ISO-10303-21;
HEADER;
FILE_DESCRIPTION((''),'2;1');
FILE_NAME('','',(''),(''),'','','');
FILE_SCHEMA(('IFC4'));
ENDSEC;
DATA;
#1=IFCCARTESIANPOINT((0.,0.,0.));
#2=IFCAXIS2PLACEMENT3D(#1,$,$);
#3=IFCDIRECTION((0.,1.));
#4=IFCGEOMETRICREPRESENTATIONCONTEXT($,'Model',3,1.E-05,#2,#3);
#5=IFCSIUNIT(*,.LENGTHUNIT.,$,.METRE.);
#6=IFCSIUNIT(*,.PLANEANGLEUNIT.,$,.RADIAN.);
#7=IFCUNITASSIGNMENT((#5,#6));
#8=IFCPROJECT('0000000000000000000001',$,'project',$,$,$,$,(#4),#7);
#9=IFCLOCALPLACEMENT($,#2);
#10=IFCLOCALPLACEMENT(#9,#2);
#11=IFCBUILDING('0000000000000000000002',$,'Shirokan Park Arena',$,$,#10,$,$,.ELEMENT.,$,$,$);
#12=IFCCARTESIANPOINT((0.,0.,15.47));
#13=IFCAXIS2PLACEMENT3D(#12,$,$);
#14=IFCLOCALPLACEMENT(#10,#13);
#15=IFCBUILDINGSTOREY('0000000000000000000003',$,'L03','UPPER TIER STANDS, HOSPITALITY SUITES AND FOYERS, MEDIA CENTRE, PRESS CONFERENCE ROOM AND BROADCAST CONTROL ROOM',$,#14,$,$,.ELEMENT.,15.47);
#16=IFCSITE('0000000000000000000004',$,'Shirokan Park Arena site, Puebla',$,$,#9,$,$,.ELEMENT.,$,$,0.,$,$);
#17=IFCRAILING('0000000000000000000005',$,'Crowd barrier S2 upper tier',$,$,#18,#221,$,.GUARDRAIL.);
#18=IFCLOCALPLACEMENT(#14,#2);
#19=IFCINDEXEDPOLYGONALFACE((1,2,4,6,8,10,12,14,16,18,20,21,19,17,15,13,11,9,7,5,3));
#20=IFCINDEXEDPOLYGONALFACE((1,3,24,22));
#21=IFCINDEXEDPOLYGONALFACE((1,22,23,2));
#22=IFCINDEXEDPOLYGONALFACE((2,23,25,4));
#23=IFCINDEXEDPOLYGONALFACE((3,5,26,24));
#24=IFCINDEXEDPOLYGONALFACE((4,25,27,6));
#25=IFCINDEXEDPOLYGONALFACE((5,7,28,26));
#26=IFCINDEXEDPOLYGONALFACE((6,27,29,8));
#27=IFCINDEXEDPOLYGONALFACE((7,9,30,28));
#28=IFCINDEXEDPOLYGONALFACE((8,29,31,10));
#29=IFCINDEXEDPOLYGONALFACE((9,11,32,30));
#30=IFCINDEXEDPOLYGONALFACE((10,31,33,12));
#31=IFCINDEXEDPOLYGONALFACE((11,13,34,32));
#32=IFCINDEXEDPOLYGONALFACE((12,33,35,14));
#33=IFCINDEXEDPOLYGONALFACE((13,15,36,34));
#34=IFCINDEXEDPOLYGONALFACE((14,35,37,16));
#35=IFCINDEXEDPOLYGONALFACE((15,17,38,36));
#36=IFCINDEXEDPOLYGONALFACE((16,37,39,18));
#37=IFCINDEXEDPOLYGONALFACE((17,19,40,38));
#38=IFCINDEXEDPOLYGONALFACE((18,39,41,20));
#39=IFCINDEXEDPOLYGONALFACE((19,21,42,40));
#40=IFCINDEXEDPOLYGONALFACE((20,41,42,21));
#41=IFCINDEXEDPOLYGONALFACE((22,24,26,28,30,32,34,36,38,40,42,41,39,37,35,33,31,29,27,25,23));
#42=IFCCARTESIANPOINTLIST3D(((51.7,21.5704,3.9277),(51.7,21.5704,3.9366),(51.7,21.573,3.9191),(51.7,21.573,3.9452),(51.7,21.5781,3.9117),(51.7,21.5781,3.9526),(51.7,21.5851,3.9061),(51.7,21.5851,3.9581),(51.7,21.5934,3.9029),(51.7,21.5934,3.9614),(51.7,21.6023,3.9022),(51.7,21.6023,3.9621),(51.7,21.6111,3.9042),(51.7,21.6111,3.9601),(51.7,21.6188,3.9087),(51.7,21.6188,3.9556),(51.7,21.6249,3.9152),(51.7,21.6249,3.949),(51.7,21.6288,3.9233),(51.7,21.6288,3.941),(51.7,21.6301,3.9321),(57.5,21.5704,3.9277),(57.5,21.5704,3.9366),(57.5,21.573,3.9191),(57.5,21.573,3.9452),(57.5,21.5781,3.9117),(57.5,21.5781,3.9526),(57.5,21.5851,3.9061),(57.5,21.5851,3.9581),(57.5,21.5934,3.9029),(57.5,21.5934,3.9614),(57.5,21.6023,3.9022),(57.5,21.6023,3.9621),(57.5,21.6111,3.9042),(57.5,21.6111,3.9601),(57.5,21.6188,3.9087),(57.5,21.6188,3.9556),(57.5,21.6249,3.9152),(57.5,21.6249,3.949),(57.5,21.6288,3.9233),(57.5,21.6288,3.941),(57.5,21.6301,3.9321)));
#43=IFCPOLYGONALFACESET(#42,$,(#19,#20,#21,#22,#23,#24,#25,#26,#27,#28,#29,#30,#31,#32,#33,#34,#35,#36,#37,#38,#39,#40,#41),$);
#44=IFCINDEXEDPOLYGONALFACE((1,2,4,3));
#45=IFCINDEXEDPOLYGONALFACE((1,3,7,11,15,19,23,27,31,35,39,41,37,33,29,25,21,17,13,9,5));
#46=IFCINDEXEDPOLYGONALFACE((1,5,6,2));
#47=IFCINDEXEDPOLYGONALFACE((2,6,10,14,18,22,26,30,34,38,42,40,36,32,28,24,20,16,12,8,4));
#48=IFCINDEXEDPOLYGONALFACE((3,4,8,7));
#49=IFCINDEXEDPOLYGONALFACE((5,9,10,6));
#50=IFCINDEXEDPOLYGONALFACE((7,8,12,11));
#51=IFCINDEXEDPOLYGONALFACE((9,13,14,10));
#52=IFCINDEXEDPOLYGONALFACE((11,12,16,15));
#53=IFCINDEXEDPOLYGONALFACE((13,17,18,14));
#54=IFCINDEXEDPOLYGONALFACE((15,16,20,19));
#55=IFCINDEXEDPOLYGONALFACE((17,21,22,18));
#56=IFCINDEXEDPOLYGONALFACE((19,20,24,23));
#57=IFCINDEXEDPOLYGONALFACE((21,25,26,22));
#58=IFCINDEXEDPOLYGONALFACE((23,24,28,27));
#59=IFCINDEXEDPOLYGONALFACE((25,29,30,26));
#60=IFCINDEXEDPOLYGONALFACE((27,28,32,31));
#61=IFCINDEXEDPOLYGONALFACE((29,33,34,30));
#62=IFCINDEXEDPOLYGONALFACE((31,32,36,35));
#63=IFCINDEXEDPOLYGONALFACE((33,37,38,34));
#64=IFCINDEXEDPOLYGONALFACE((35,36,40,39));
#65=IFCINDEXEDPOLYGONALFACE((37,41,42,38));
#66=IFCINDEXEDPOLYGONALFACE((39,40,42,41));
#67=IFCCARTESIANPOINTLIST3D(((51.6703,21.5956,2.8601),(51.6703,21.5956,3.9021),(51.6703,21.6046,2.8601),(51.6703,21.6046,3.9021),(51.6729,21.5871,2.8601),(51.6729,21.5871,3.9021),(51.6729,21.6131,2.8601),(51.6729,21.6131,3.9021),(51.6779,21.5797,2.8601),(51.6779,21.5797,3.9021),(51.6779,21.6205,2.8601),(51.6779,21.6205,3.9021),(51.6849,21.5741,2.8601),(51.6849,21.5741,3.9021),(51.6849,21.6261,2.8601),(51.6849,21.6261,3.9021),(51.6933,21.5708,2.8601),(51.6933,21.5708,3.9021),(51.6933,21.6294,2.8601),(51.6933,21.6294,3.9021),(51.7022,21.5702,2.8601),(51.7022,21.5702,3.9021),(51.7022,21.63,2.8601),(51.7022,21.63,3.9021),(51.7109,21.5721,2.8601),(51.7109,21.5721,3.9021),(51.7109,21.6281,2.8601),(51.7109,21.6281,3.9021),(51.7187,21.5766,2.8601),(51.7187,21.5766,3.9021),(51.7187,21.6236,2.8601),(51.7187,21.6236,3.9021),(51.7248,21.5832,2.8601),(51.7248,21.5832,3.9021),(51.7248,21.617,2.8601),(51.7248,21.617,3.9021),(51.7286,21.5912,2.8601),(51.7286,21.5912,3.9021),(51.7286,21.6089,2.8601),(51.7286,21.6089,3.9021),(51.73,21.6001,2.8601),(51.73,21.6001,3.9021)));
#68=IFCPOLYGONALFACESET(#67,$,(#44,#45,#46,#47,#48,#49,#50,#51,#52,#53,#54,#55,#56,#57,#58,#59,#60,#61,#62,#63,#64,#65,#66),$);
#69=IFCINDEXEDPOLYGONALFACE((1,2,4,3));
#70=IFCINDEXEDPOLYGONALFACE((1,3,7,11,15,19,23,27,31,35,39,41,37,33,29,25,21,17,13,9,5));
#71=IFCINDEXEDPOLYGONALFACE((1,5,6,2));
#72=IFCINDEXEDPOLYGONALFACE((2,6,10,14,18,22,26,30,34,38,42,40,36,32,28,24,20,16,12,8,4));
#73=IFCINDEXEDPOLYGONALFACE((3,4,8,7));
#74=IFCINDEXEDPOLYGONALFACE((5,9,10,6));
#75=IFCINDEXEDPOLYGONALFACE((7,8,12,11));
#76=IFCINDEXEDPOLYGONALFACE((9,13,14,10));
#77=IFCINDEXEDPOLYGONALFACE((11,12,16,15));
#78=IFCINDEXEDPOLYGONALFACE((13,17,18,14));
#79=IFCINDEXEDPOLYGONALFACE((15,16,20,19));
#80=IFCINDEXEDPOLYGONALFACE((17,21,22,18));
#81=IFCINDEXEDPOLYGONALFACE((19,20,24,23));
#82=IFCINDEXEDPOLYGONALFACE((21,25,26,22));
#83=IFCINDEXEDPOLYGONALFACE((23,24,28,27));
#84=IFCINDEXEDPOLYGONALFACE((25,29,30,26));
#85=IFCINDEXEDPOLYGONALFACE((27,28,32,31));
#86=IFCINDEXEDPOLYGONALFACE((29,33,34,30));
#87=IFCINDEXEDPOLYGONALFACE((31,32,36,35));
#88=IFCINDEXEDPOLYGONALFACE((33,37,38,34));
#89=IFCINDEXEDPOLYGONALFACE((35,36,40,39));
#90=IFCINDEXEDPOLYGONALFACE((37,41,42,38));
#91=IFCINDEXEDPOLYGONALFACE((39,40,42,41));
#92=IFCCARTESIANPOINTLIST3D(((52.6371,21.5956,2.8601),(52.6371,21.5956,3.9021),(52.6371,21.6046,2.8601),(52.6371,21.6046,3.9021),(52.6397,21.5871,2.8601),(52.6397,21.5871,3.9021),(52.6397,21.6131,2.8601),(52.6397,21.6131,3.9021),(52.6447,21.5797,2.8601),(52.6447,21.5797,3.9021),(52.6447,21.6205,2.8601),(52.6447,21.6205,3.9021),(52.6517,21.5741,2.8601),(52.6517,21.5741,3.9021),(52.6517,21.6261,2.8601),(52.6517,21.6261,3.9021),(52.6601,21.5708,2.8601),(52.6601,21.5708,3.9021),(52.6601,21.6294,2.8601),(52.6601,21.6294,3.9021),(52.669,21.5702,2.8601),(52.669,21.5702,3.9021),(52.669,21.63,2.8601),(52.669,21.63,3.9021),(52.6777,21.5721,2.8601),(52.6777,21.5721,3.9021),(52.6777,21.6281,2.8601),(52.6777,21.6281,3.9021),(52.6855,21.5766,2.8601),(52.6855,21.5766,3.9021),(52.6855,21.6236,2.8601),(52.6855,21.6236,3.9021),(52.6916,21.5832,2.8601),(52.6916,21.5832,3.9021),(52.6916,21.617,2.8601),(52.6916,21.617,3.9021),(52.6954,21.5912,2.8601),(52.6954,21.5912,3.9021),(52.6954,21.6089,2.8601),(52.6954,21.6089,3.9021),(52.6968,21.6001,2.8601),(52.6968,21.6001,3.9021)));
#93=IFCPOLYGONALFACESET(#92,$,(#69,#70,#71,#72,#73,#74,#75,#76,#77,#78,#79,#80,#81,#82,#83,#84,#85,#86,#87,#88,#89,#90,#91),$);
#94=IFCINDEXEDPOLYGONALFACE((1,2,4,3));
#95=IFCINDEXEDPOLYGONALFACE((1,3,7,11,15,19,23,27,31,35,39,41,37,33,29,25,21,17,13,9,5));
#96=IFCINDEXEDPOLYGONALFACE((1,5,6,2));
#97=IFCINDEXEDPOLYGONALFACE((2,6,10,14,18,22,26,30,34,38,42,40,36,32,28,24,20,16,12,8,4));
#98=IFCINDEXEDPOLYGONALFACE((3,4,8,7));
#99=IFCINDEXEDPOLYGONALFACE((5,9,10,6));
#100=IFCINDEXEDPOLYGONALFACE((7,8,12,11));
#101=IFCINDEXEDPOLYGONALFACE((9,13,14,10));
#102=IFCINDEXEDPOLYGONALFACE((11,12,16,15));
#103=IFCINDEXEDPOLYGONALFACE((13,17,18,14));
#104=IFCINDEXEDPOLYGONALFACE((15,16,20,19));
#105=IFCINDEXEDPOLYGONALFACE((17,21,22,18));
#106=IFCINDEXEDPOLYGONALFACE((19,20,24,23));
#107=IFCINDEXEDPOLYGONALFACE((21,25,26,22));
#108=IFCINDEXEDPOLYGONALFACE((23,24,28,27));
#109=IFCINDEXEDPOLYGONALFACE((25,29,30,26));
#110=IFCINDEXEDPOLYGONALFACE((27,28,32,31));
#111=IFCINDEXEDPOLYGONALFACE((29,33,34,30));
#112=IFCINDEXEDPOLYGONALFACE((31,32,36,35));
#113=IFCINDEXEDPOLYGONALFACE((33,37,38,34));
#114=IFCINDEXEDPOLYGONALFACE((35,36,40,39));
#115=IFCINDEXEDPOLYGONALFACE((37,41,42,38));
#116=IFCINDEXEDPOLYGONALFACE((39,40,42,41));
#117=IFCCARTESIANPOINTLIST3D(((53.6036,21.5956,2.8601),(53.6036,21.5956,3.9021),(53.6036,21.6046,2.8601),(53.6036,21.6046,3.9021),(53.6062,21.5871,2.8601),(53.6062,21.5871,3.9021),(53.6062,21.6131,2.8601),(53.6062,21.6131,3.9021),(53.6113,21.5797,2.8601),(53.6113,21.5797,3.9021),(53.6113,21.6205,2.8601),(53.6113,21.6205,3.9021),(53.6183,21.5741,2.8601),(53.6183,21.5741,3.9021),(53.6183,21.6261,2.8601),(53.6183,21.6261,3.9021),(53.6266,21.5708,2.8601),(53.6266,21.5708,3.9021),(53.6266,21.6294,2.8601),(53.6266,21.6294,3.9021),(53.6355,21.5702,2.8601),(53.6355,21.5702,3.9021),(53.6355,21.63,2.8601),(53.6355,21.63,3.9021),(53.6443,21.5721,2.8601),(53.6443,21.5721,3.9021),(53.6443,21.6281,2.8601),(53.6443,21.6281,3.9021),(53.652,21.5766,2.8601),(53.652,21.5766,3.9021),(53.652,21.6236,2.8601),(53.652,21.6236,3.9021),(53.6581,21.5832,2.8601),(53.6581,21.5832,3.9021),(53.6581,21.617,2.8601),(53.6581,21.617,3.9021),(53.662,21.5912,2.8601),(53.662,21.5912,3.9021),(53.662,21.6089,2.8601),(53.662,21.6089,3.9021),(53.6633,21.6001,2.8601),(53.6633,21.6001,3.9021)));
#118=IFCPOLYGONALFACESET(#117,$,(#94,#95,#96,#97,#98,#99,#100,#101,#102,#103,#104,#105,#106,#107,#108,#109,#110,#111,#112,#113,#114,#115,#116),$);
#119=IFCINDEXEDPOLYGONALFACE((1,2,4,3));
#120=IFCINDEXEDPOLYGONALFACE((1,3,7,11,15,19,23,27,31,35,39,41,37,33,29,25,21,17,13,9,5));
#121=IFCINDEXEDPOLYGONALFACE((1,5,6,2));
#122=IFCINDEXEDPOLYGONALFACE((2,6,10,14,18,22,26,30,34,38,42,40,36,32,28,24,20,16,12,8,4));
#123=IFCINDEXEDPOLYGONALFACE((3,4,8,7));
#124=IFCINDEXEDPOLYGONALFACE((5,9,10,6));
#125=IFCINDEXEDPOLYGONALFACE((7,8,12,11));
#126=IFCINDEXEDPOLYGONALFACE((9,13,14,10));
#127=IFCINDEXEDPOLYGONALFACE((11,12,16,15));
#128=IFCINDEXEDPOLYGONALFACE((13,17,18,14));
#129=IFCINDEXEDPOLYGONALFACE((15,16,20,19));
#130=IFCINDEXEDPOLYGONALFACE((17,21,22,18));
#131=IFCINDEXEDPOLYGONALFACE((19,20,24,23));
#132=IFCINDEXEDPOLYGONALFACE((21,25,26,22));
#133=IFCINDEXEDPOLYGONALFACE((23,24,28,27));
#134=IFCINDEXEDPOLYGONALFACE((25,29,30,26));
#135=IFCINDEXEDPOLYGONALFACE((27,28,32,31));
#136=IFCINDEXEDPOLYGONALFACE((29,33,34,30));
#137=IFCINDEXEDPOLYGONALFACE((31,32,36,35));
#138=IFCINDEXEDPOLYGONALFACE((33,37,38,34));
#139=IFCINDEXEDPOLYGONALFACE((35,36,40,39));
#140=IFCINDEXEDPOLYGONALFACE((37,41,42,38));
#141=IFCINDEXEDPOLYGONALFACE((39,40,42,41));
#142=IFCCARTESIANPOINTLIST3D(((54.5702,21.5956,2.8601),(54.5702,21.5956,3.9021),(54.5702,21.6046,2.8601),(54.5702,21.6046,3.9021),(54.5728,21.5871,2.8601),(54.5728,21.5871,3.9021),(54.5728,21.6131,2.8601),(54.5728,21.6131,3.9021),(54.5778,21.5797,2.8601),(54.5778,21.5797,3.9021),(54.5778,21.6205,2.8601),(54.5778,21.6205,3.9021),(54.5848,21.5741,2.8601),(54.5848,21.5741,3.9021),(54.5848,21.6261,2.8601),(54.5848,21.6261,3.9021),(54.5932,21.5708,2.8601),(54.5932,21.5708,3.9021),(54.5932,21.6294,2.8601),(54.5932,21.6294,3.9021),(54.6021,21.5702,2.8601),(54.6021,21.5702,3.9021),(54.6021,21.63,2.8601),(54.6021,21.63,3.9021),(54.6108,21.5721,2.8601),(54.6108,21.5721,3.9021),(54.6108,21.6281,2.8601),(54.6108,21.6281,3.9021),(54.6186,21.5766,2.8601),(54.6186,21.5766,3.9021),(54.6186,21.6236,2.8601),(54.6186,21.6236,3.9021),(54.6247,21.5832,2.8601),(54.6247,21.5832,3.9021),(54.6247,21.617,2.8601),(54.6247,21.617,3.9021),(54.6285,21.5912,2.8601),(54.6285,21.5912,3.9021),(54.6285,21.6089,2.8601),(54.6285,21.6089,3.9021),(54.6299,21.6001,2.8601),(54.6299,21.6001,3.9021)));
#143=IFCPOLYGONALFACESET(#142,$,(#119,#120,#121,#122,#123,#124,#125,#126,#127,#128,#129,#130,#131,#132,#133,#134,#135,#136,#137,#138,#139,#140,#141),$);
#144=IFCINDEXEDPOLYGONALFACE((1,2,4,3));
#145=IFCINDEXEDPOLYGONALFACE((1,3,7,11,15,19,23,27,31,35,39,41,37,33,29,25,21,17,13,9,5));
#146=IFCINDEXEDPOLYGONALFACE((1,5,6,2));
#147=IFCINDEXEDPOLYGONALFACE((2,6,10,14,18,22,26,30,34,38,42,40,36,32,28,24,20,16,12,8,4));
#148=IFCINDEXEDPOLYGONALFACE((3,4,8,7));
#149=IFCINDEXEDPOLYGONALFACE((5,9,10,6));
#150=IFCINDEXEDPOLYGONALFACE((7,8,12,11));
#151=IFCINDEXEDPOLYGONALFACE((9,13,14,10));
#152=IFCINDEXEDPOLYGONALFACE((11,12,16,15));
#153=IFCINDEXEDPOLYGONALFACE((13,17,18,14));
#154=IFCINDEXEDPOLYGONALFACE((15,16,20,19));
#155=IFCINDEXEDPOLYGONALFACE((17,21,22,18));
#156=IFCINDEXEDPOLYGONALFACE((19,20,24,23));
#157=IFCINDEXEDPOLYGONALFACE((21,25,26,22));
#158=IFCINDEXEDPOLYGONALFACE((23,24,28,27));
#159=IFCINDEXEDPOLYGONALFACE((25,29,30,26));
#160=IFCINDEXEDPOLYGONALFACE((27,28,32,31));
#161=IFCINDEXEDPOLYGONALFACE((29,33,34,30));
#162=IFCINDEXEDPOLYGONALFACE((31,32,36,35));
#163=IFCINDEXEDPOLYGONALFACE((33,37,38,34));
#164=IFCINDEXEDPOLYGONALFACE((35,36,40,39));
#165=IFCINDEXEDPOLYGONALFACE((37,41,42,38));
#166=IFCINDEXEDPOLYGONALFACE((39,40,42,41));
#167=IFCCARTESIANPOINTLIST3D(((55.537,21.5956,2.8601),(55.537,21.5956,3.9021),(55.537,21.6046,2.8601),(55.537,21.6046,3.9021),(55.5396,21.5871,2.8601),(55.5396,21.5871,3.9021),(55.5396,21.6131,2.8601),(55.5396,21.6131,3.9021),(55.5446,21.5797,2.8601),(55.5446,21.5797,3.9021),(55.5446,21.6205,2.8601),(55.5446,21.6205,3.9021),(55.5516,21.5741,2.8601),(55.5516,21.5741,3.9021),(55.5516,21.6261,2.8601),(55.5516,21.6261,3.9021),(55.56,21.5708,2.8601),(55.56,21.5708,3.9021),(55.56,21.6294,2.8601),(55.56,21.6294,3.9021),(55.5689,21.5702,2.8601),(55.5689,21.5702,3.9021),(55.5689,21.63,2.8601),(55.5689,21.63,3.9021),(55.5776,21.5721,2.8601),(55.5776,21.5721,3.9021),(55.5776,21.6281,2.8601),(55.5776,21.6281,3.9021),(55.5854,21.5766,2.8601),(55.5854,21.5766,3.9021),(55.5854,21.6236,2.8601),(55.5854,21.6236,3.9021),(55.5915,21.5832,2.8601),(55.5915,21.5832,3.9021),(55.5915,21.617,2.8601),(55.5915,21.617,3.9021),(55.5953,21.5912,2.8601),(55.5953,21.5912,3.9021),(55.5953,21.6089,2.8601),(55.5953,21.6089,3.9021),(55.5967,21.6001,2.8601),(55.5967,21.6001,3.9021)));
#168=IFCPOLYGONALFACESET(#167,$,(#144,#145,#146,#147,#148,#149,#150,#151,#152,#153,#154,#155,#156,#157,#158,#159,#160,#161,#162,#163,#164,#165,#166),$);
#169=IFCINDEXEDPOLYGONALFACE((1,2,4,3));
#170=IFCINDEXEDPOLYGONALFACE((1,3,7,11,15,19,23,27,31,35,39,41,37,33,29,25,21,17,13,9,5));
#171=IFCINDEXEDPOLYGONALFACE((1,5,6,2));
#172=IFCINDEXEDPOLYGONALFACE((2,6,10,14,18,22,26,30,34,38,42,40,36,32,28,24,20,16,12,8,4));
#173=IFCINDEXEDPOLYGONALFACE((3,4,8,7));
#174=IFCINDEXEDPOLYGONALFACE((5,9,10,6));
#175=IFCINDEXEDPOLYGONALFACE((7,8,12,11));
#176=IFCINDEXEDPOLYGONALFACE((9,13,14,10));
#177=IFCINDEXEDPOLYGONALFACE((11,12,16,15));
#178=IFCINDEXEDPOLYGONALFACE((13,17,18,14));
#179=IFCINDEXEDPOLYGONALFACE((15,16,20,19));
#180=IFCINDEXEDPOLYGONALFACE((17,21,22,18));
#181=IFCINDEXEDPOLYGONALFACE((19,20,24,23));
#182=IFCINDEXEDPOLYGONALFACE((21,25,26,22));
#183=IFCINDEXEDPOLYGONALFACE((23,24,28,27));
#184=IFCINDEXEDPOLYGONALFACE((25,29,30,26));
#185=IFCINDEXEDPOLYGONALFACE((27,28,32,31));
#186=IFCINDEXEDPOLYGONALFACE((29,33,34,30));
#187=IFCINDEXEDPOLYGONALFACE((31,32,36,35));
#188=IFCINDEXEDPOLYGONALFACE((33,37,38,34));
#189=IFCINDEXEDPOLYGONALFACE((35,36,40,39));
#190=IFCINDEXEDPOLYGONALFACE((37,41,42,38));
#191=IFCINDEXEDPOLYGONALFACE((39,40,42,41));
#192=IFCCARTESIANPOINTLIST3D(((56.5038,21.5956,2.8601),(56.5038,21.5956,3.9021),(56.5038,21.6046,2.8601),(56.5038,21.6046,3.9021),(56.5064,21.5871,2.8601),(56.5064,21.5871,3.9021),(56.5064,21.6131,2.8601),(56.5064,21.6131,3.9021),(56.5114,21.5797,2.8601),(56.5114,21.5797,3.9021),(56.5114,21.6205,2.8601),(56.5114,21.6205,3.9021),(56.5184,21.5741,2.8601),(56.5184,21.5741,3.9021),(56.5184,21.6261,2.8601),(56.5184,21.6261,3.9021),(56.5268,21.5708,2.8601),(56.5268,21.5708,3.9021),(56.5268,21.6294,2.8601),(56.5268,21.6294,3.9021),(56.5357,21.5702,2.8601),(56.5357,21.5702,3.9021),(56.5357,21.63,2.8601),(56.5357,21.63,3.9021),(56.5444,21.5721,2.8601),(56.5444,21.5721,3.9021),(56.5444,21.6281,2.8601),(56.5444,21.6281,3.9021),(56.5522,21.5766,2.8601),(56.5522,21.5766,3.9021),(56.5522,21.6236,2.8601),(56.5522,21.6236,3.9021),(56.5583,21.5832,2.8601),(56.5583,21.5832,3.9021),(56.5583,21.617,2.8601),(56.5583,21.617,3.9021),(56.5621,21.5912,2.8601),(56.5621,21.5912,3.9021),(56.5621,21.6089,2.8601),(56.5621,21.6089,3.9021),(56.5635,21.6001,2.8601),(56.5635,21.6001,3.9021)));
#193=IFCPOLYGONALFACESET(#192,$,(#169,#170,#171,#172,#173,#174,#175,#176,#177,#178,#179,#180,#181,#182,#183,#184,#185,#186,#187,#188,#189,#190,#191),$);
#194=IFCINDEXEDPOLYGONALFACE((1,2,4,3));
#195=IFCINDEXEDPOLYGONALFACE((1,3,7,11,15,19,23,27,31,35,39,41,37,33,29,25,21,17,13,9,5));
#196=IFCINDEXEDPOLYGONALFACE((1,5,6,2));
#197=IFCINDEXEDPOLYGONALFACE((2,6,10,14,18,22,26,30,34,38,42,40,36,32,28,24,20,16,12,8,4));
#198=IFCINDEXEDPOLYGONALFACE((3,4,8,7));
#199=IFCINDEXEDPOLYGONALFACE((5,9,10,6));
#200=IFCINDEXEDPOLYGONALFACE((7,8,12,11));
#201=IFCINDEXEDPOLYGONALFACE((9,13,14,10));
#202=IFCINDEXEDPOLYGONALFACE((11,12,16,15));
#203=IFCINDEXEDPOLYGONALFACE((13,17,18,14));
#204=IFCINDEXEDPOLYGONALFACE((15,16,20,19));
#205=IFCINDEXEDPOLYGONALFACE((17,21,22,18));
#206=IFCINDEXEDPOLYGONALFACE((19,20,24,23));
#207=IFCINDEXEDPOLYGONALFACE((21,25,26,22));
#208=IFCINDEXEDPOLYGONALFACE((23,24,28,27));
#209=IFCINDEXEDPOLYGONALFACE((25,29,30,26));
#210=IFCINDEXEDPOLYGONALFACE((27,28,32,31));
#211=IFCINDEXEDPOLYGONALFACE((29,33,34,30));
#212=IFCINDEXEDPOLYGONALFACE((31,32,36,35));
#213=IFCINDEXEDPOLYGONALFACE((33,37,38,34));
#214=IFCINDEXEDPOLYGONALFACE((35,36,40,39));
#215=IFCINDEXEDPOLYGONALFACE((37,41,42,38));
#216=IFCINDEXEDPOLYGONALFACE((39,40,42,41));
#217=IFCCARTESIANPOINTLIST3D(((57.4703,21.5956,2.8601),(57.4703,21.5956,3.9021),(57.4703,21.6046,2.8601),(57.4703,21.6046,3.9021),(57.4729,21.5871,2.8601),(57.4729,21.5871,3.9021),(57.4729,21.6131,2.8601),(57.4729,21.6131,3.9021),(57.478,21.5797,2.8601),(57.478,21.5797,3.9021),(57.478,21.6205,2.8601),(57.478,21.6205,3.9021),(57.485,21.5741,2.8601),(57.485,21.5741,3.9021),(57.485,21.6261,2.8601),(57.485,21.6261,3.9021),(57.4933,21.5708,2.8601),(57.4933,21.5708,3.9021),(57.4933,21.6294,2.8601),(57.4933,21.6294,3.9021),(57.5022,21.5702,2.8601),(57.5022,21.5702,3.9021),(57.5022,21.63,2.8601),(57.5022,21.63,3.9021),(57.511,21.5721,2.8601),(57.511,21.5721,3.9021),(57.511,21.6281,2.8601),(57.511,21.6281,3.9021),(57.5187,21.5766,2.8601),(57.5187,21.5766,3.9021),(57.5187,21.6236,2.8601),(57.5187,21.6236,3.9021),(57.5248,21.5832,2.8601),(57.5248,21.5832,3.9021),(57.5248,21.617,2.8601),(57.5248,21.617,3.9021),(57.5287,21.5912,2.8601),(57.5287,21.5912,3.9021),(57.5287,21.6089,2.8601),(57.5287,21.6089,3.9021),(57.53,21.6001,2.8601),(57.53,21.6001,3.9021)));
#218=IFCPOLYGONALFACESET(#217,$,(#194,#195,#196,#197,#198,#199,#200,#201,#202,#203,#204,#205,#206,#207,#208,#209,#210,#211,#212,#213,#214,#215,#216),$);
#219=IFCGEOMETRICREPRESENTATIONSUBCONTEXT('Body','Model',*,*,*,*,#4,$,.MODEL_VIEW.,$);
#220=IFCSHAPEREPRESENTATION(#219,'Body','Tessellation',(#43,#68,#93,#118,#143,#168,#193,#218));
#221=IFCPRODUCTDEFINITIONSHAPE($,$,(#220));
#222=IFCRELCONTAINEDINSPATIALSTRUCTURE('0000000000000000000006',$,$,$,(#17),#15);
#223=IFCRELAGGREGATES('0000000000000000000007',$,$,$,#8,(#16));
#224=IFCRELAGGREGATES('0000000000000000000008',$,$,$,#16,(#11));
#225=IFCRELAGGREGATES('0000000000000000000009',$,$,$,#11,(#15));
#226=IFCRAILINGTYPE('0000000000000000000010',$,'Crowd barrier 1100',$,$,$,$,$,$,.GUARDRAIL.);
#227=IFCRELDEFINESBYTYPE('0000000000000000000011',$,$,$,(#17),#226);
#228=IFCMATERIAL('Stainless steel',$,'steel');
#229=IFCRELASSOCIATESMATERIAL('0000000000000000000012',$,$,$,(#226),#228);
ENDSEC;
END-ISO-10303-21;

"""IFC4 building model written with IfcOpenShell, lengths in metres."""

from ifc_helpers import new_model, si_unit, direction, frame, origin, origin_2d, place, context, subcontext, project, spatial, circle, extrude, material, type_object, element, save


model = new_model("IFC4")

# Units and contexts
model_context = context("Model", 3, precision=1e-05, world=origin(), true_north=direction((0.0, 1.0)))
body_context = subcontext(model_context, "Body", "Model", "MODEL_VIEW")
ifc_project = project(units=[si_unit("LENGTHUNIT", "METRE"), si_unit("PLANEANGLEUNIT", "RADIAN")], contexts=[model_context])

# Site, building, storey
site_placement = place(None, origin())
site = spatial("IfcSite", under=ifc_project, at=site_placement, Name="Shirokan Park Arena site, Puebla", CompositionType="ELEMENT", RefElevation=0.0)
building_placement = place(site_placement, origin())
building = spatial("IfcBuilding", under=site, at=building_placement, Name="Shirokan Park Arena", CompositionType="ELEMENT")
storey_placement = place(building_placement, frame((0.0, 0.0, 15.47)))
storey = spatial("IfcBuildingStorey", under=building, at=storey_placement, Name="L03", Description="UPPER TIER STANDS, HOSPITALITY SUITES AND FOYERS, MEDIA CENTRE, PRESS CONFERENCE ROOM AND BROADCAST CONTROL ROOM", CompositionType="ELEMENT", Elevation=15.47)

# Railing
ifc_material_1 = material(Name="Stainless steel", Category="steel")
railing_type_1 = type_object("IfcRailingType", Name="Crowd barrier 1100", PredefinedType="GUARDRAIL", material=ifc_material_1)
for number, where, name in (
    (1, (51.7, 21.6001, 2.8601), "Crowd barrier S2 upper tier"),
):
    element("IfcRailing", number, at=place(storey_placement, frame(where)), inside=storey, type_object=railing_type_1, Name=name, PredefinedType="GUARDRAIL", context=body_context, shape_type="SweptSolid", body=[
        extrude(circle(Radius=0.03, at=origin_2d()), frame((0.0, 0.0, 1.072), z_axis=(1.0, 0.0, 0.0), x_axis=(0.0, 1.0, 0.0)), (0.0, 0.0, 1.0), 5.8),
        extrude(circle(Radius=0.03, at=origin_2d()), origin(), (0.0, 0.0, 1.0), 1.042),
        extrude(circle(Radius=0.03, at=origin_2d()), frame((0.9668, 0.0, 0.0)), (0.0, 0.0, 1.0), 1.042),
        extrude(circle(Radius=0.03, at=origin_2d()), frame((1.9333, 0.0, 0.0)), (0.0, 0.0, 1.0), 1.042),
        extrude(circle(Radius=0.03, at=origin_2d()), frame((2.8999, 0.0, 0.0)), (0.0, 0.0, 1.0), 1.042),
        extrude(circle(Radius=0.03, at=origin_2d()), frame((3.8667, 0.0, 0.0)), (0.0, 0.0, 1.0), 1.042),
        extrude(circle(Radius=0.03, at=origin_2d()), frame((4.8335, 0.0, 0.0)), (0.0, 0.0, 1.0), 1.042),
        extrude(circle(Radius=0.03, at=origin_2d()), frame((5.8, 0.0, 0.0)), (0.0, 0.0, 1.0), 1.042),
    ])

save(model, "model.ifc")
